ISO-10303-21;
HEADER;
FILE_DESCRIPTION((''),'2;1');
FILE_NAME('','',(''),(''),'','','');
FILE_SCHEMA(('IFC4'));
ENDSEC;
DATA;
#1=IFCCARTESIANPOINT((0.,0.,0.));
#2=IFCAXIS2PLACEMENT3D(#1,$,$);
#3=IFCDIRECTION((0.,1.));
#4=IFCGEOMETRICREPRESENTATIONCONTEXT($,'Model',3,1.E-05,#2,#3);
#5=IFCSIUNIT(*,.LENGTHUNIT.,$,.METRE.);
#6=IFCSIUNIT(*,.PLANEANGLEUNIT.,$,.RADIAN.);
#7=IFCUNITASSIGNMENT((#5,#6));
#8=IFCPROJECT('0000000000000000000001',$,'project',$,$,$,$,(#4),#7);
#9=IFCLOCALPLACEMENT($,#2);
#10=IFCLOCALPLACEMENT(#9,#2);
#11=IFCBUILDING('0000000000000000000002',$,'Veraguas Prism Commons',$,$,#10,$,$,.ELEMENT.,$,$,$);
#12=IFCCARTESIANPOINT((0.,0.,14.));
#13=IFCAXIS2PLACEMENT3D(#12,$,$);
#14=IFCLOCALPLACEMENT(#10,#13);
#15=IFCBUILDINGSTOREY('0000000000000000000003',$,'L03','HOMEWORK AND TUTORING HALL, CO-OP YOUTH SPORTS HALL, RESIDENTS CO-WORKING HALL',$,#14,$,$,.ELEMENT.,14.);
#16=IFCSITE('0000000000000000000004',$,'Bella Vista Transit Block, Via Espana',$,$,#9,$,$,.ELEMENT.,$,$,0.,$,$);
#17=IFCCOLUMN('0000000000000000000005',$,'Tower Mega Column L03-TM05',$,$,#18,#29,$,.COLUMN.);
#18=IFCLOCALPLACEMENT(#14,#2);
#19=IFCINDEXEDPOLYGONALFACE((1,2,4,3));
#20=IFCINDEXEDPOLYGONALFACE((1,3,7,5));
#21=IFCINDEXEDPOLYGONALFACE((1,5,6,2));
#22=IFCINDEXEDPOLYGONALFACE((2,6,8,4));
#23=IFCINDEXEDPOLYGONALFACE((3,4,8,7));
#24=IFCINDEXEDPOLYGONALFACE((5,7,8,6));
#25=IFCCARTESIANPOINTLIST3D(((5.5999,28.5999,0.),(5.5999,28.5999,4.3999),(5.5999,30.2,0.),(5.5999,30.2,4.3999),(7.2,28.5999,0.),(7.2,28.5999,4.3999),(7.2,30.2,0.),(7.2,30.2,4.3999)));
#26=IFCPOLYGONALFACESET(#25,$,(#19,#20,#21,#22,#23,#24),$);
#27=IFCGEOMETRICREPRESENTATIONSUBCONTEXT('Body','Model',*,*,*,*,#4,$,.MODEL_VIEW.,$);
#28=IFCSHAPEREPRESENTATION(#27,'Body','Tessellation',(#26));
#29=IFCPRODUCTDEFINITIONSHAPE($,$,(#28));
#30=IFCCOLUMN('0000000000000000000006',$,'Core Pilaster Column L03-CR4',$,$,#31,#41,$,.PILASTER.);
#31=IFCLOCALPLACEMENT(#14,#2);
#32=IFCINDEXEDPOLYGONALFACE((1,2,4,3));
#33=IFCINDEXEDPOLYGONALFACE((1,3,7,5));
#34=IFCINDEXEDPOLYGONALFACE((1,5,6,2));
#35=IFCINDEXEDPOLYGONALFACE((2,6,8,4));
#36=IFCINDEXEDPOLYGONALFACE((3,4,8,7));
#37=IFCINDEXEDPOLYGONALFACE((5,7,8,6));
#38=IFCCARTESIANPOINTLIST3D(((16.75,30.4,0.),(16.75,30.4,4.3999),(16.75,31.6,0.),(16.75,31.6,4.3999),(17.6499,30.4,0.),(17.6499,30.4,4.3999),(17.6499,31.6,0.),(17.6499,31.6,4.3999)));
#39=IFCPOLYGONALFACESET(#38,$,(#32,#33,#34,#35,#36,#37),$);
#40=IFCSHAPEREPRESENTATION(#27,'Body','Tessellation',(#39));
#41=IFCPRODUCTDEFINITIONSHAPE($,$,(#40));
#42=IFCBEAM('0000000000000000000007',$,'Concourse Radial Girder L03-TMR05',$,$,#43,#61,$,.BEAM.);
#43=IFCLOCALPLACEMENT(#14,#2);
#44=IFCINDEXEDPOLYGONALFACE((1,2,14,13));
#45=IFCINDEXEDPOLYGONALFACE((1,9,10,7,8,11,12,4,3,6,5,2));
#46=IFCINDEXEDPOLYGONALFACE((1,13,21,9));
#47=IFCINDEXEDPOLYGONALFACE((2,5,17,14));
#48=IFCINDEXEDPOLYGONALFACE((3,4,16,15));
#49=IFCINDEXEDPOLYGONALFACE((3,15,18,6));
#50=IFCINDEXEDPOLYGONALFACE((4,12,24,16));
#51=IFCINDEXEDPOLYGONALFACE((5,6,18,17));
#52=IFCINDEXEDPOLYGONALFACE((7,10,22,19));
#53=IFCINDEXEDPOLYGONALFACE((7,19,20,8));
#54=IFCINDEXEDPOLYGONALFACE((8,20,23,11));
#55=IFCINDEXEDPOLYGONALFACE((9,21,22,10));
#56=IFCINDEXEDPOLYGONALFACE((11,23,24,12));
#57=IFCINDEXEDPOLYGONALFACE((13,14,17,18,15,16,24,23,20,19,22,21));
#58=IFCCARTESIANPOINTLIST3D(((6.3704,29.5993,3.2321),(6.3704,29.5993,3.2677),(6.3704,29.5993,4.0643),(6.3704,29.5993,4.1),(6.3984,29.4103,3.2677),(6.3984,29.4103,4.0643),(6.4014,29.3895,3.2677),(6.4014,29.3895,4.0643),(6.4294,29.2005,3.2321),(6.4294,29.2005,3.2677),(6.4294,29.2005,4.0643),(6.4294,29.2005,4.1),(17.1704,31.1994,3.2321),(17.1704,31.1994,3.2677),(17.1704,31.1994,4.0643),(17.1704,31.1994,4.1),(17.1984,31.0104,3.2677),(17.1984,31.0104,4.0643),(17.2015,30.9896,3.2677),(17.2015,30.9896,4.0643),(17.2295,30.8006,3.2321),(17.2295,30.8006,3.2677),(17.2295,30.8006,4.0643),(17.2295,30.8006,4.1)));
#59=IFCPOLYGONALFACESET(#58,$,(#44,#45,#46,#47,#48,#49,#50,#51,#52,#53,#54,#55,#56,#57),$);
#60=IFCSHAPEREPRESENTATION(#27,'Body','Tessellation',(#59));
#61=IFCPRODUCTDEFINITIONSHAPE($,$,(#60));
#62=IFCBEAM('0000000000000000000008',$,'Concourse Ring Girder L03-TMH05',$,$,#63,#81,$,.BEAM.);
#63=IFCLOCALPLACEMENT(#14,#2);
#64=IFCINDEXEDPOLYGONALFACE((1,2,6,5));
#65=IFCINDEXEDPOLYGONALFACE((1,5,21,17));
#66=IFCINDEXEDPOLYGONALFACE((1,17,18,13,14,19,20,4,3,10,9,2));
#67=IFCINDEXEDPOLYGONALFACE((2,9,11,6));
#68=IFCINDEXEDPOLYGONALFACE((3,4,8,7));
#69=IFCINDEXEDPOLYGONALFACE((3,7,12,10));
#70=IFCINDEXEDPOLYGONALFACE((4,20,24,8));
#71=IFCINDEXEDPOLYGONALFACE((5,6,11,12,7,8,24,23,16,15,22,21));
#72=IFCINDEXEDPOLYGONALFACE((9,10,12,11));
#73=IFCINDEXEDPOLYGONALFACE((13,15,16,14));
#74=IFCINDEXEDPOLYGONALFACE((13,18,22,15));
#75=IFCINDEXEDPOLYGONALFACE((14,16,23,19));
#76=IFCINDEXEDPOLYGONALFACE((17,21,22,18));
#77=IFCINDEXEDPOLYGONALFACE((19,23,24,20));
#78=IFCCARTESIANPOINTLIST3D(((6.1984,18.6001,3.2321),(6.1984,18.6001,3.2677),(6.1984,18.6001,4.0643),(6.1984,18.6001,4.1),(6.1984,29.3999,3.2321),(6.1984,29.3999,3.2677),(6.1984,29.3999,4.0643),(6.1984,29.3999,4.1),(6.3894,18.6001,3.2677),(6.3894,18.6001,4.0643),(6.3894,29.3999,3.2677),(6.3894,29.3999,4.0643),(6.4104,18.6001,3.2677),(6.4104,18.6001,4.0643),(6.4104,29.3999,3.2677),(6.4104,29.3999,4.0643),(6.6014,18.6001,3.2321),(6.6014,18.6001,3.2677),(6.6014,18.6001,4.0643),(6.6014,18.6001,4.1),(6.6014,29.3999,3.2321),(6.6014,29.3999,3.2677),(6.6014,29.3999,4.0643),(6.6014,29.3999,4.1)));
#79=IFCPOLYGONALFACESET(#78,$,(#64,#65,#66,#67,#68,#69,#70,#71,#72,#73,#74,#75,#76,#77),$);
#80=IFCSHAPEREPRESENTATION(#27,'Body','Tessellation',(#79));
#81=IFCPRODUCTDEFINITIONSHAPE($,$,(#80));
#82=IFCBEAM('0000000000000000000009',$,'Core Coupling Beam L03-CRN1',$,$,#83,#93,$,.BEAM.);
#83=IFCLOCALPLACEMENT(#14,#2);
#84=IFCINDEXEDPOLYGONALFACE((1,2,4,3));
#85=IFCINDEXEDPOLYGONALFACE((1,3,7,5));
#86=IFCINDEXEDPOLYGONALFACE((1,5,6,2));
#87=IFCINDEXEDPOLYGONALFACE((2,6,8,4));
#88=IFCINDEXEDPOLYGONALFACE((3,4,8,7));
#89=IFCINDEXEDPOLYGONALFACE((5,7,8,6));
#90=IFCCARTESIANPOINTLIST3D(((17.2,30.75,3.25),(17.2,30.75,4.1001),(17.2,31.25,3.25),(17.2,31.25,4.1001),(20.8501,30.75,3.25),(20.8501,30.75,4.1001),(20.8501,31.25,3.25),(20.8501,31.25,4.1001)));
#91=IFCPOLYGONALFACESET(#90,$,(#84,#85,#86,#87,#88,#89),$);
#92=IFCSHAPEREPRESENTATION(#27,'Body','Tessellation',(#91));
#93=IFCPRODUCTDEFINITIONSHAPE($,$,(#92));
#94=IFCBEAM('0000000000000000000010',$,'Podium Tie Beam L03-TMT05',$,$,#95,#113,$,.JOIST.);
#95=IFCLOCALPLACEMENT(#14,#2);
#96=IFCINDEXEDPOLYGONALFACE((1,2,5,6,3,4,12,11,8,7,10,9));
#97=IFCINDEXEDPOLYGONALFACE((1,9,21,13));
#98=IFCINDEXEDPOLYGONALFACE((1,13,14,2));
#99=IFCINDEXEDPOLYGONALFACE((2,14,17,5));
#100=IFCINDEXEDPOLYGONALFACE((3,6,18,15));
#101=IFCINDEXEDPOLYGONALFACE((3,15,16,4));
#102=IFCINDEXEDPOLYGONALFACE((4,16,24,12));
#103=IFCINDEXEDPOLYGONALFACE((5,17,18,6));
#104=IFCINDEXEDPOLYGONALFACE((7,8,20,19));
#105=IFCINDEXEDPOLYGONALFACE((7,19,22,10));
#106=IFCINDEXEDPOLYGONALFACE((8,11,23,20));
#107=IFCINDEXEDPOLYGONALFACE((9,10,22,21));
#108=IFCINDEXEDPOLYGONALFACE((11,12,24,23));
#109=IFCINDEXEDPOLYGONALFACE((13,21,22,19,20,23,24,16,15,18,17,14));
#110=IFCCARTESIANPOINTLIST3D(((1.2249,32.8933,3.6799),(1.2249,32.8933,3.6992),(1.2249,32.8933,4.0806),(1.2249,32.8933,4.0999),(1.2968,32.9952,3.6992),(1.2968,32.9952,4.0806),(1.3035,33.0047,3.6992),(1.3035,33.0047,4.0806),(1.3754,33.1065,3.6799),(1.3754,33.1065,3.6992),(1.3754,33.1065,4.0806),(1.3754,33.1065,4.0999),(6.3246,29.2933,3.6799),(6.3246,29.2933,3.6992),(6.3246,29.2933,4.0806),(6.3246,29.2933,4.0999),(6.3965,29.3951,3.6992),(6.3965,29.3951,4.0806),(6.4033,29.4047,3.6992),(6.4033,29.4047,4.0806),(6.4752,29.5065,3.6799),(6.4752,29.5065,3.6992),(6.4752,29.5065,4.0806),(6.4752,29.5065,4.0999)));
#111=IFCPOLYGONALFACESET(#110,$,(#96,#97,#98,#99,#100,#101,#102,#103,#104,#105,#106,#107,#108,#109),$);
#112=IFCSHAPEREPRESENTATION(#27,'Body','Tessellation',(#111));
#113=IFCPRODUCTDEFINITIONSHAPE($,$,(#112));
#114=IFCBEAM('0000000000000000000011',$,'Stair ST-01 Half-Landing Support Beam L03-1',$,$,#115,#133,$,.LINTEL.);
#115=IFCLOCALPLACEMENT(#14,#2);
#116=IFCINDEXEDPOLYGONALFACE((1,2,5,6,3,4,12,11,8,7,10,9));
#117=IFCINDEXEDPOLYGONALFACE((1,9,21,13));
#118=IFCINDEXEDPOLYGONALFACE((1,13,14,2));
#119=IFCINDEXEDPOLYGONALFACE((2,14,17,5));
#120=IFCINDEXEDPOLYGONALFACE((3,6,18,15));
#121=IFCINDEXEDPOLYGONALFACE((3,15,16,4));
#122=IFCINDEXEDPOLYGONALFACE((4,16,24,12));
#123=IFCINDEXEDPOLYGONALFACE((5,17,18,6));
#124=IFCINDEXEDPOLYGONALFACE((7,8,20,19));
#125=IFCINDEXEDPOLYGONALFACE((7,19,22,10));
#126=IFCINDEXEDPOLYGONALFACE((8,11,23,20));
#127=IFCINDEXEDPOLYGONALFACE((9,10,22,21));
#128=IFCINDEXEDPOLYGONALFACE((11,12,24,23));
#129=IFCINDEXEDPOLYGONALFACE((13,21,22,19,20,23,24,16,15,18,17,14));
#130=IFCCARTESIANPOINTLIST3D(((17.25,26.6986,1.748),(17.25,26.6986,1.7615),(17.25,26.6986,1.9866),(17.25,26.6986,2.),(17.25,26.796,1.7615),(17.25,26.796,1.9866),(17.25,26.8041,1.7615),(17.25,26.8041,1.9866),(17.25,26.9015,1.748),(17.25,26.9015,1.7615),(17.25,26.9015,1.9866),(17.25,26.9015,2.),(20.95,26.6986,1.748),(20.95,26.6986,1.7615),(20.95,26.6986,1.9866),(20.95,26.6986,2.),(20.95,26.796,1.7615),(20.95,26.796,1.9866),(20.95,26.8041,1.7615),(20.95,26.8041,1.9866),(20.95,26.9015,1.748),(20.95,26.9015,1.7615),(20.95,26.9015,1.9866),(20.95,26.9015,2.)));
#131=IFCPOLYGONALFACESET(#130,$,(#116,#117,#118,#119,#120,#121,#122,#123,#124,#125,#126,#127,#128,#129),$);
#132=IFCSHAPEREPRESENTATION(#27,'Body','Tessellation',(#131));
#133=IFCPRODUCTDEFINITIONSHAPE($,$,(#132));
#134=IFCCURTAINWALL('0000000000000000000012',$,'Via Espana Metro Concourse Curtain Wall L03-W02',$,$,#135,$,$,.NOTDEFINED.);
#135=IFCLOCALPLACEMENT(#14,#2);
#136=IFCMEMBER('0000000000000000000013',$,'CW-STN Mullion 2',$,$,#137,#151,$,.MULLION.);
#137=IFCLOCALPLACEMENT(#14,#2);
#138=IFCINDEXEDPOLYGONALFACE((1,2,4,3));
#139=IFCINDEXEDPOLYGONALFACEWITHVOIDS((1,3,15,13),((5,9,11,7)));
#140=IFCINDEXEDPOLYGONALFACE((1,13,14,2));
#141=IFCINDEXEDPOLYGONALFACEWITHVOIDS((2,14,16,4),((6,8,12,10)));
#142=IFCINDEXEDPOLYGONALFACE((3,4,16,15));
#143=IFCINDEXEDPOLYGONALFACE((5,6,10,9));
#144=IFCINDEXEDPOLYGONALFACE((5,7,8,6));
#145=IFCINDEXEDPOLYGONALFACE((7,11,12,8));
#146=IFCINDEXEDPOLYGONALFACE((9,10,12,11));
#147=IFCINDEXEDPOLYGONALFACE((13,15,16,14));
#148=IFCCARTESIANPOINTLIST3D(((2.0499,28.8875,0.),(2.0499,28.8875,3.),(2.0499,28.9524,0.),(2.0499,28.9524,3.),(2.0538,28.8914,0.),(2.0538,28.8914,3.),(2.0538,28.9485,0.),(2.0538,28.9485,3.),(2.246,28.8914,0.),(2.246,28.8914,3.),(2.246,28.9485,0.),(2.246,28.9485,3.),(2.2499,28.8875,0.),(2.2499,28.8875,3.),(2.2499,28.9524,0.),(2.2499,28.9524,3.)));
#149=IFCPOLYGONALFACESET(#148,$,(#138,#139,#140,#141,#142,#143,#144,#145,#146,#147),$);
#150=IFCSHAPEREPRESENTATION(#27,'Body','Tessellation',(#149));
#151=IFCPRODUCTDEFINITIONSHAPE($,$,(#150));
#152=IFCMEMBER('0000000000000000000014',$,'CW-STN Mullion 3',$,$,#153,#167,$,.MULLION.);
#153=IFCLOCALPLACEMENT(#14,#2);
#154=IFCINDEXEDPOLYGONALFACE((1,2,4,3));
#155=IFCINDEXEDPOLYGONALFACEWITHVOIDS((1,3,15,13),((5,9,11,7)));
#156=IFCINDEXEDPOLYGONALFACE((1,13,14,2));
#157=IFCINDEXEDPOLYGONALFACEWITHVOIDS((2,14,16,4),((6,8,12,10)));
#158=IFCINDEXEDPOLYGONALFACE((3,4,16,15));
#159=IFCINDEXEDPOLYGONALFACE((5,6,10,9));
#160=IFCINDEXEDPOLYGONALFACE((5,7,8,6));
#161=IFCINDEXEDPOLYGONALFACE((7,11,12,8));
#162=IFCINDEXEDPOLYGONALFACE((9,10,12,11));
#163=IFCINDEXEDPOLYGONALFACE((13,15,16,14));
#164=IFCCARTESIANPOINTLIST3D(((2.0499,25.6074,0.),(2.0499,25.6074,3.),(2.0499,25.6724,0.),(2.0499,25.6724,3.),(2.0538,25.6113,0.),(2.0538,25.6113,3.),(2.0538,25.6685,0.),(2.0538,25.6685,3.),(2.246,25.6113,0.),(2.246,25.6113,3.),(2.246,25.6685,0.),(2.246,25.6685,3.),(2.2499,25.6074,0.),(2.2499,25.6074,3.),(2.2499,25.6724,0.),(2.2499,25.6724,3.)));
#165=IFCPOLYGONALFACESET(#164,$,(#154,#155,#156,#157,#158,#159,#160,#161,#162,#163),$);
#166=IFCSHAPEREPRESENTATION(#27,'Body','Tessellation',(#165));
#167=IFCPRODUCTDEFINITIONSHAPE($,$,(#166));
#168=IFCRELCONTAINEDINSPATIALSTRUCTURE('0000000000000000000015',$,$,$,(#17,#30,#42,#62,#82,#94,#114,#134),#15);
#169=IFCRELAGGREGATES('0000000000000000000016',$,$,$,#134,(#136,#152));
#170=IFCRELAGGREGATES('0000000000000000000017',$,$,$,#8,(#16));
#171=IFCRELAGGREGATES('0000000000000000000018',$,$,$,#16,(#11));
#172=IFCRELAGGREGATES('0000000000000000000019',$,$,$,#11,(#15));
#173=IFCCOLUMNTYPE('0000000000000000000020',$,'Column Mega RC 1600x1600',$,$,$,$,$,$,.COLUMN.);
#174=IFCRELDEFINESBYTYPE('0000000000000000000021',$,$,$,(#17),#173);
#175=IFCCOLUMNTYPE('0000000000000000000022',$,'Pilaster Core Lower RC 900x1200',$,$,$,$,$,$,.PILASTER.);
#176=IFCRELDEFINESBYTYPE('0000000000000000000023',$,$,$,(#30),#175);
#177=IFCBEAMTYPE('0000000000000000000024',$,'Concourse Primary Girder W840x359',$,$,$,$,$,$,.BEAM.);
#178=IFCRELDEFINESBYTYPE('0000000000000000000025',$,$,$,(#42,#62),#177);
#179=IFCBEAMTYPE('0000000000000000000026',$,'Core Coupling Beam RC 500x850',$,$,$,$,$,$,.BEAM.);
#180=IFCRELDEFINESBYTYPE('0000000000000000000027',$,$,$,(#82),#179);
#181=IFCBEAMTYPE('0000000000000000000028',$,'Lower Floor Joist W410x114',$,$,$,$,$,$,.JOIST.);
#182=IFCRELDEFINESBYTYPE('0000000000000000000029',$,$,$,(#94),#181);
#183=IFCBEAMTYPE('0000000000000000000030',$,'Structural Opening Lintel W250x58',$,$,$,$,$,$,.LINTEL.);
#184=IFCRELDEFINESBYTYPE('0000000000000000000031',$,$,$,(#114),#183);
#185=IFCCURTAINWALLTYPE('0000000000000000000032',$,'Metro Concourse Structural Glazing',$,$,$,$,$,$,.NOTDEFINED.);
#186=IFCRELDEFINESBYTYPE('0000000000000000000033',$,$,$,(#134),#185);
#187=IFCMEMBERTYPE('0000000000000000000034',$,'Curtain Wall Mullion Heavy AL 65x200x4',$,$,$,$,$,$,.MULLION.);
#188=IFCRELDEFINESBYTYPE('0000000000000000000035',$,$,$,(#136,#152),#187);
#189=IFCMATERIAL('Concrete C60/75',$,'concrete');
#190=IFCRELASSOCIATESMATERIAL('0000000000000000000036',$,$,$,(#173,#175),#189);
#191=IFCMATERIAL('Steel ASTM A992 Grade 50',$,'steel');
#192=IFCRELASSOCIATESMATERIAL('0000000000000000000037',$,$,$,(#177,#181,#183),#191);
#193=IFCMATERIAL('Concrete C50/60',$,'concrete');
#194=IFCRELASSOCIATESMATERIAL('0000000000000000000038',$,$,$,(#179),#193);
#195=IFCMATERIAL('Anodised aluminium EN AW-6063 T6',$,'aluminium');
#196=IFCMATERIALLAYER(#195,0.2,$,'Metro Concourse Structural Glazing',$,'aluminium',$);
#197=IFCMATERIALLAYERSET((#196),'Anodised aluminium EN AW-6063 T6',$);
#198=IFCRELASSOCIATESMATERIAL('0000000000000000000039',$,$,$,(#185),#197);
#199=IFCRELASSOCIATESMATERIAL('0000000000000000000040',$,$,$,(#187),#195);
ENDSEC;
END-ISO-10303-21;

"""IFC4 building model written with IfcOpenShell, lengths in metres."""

from ifc_helpers import new_model, si_unit, direction, frame, origin, origin_2d, place, context, subcontext, project, spatial, rectangle, hollow_rectangle, i_section, extrude, source, transform, mapped, material, layer, layer_set, material_profile, profile_set, type_object, element, aggregate, save


model = new_model("IFC4")

# Units and contexts
model_context = context("Model", 3, precision=1e-05, world=origin(), true_north=direction((0.0, 1.0)))
body_context = subcontext(model_context, "Body", "Model", "MODEL_VIEW")
ifc_project = project(units=[si_unit("LENGTHUNIT", "METRE"), si_unit("PLANEANGLEUNIT", "RADIAN")], contexts=[model_context])

# Site, building, storey
site_placement = place(None, origin())
site = spatial("IfcSite", under=ifc_project, at=site_placement, Name="Bella Vista Transit Block, Via Espana", CompositionType="ELEMENT", RefElevation=0.0)
building_placement = place(site_placement, origin())
building = spatial("IfcBuilding", under=site, at=building_placement, Name="Veraguas Prism Commons", CompositionType="ELEMENT")
storey_placement = place(building_placement, frame((0.0, 0.0, 14.0)))
storey = spatial("IfcBuildingStorey", under=building, at=storey_placement, Name="L03", Description="HOMEWORK AND TUTORING HALL, CO-OP YOUTH SPORTS HALL, RESIDENTS CO-WORKING HALL", CompositionType="ELEMENT", Elevation=14.0)

# Columns
ifc_material_1 = material(Name="Concrete C60/75", Category="concrete")
ifc_material_profile_1 = material_profile(ifc_material_1, rectangle(XDim=1.6001, YDim=1.6001, at=origin_2d()), Name="RC1600X1600")
ifc_profile_set_1 = profile_set([ifc_material_profile_1], Name="Concrete C60/75")
column_type_1 = type_object("IfcColumnType", Name="Column Mega RC 1600x1600", PredefinedType="COLUMN", material=ifc_profile_set_1)
column_1_placement = place(storey_placement, frame((6.3999, 29.3999, 0.0), z_axis=(0.0, 0.0, 1.0), x_axis=(1.0, 0.0, 0.0)))
element("IfcColumn", 1, at=column_1_placement, inside=storey, type_object=column_type_1, Name="Tower Mega Column L03-TM05", PredefinedType="COLUMN", context=body_context, shape_type="SweptSolid", body=[
    extrude(rectangle(XDim=1.6001, YDim=1.6001, at=origin_2d()), origin(), (0.0, 0.0, 1.0), 4.3999),
])
ifc_material_profile_2 = material_profile(ifc_material_1, rectangle(XDim=0.8999, YDim=1.2, at=origin_2d()), Name="RC900X1200")
ifc_profile_set_2 = profile_set([ifc_material_profile_2], Name="Concrete C60/75")
column_type_2 = type_object("IfcColumnType", Name="Pilaster Core Lower RC 900x1200", PredefinedType="PILASTER", material=ifc_profile_set_2)
column_2_placement = place(storey_placement, frame((17.2, 31.0, 0.0), z_axis=(0.0, 0.0, 1.0), x_axis=(1.0, 0.0, 0.0)))
element("IfcColumn", 2, at=column_2_placement, inside=storey, type_object=column_type_2, Name="Core Pilaster Column L03-CR4", PredefinedType="PILASTER", context=body_context, shape_type="SweptSolid", body=[
    extrude(rectangle(XDim=0.8999, YDim=1.2, at=origin_2d()), origin(), (0.0, 0.0, 1.0), 4.3999),
])

# Beams
ifc_material_2 = material(Name="Steel ASTM A992 Grade 50", Category="steel")
ifc_material_profile_3 = material_profile(ifc_material_2, i_section(OverallWidth=0.4031, OverallDepth=0.8679, WebThickness=0.021, FlangeThickness=0.0356, at=origin_2d()), Name="W840X359")
ifc_profile_set_3 = profile_set([ifc_material_profile_3], Name="Steel ASTM A992 Grade 50")
beam_type_1 = type_object("IfcBeamType", Name="Concourse Primary Girder W840x359", PredefinedType="BEAM", material=ifc_profile_set_3)
beam_1_placement = place(storey_placement, frame((6.3999, 29.3999, 3.666), z_axis=(0.989202, 0.146557, 0.0), x_axis=(-0.146557, 0.989202, 0.0)))
element("IfcBeam", 3, at=beam_1_placement, inside=storey, type_object=beam_type_1, Name="Concourse Radial Girder L03-TMR05", PredefinedType="BEAM", context=body_context, shape_type="SweptSolid", body=[
    extrude(i_section(OverallWidth=0.4031, OverallDepth=0.8679, WebThickness=0.021, FlangeThickness=0.0356, at=origin_2d()), origin(), (0.0, 0.0, 1.0), 10.918),
])
beam_2_placement = place(storey_placement, frame((6.3999, 29.3999, 3.666), z_axis=(0.0, -1.0, 0.0), x_axis=(1.0, 0.0, 0.0)))
element("IfcBeam", 4, at=beam_2_placement, inside=storey, type_object=beam_type_1, Name="Concourse Ring Girder L03-TMH05", PredefinedType="BEAM", context=body_context, shape_type="SweptSolid", body=[
    extrude(i_section(OverallWidth=0.4031, OverallDepth=0.8679, WebThickness=0.021, FlangeThickness=0.0356, at=origin_2d()), origin(), (0.0, 0.0, 1.0), 10.7998),
])
ifc_material_3 = material(Name="Concrete C50/60", Category="concrete")
ifc_material_profile_4 = material_profile(ifc_material_3, rectangle(XDim=0.5, YDim=0.8501, at=origin_2d()), Name="RC500X850")
ifc_profile_set_4 = profile_set([ifc_material_profile_4], Name="Concrete C50/60")
beam_type_2 = type_object("IfcBeamType", Name="Core Coupling Beam RC 500x850", PredefinedType="BEAM", material=ifc_profile_set_4)
beam_3_placement = place(storey_placement, frame((17.2, 31.0, 3.675), z_axis=(1.0, 0.0, 0.0), x_axis=(0.0, 1.0, 0.0)))
element("IfcBeam", 5, at=beam_3_placement, inside=storey, type_object=beam_type_2, Name="Core Coupling Beam L03-CRN1", PredefinedType="BEAM", context=body_context, shape_type="SweptSolid", body=[
    extrude(rectangle(XDim=0.5, YDim=0.8501, at=origin_2d()), origin(), (0.0, 0.0, 1.0), 3.6501),
])
ifc_material_profile_5 = material_profile(ifc_material_2, i_section(OverallWidth=0.261, OverallDepth=0.4199, WebThickness=0.0117, FlangeThickness=0.0193, at=origin_2d()), Name="W410X114")
ifc_profile_set_5 = profile_set([ifc_material_profile_5], Name="Steel ASTM A992 Grade 50")
beam_type_3 = type_object("IfcBeamType", Name="Lower Floor Joist W410x114", PredefinedType="JOIST", material=ifc_profile_set_5)
beam_4_placement = place(storey_placement, frame((6.3999, 29.3999, 3.8899), z_axis=(-0.816953, 0.576705, 0.0), x_axis=(-0.576705, -0.816953, 0.0)))
element("IfcBeam", 6, at=beam_4_placement, inside=storey, type_object=beam_type_3, Name="Podium Tie Beam L03-TMT05", PredefinedType="JOIST", context=body_context, shape_type="SweptSolid", body=[
    extrude(i_section(OverallWidth=0.261, OverallDepth=0.4199, WebThickness=0.0117, FlangeThickness=0.0193, at=origin_2d()), origin(), (0.0, 0.0, 1.0), 6.2424),
])
ifc_material_profile_6 = material_profile(ifc_material_2, i_section(OverallWidth=0.2029, OverallDepth=0.252, WebThickness=0.0081, FlangeThickness=0.0134, at=origin_2d()), Name="W250X58")
ifc_profile_set_6 = profile_set([ifc_material_profile_6], Name="Steel ASTM A992 Grade 50")
beam_type_4 = type_object("IfcBeamType", Name="Structural Opening Lintel W250x58", PredefinedType="LINTEL", material=ifc_profile_set_6)
beam_5_placement = place(storey_placement, frame((17.25, 26.8, 1.874), z_axis=(1.0, 0.0, 0.0), x_axis=(0.0, 1.0, 0.0)))
element("IfcBeam", 7, at=beam_5_placement, inside=storey, type_object=beam_type_4, Name="Stair ST-01 Half-Landing Support Beam L03-1", PredefinedType="LINTEL", context=body_context, shape_type="SweptSolid", body=[
    extrude(i_section(OverallWidth=0.2029, OverallDepth=0.252, WebThickness=0.0081, FlangeThickness=0.0134, at=origin_2d()), origin(), (0.0, 0.0, 1.0), 3.7),
])

# Curtain wall, members
ifc_material_4 = material(Name="Anodised aluminium EN AW-6063 T6", Category="aluminium")
ifc_layer_1 = layer(ifc_material_4, 0.2, Name="Metro Concourse Structural Glazing", Category="aluminium")
ifc_layer_set_1 = layer_set([ifc_layer_1], Name="Anodised aluminium EN AW-6063 T6")
curtain_wall_type = type_object("IfcCurtainWallType", Name="Metro Concourse Structural Glazing", PredefinedType="NOTDEFINED", material=ifc_layer_set_1)
curtain_wall_placement = place(storey_placement, origin())
curtain_wall = element("IfcCurtainWall", 8, at=curtain_wall_placement, inside=storey, type_object=curtain_wall_type, Name="Via Espana Metro Concourse Curtain Wall L03-W02", PredefinedType="NOTDEFINED")
ifc_material_profile_7 = material_profile(ifc_material_4, hollow_rectangle(XDim=0.0649, YDim=0.2, WallThickness=0.0039, at=origin_2d()), Name="AL65X200X4")
ifc_profile_set_7 = profile_set([ifc_material_profile_7], Name="Anodised aluminium EN AW-6063 T6")
member_type = type_object("IfcMemberType", Name="Curtain Wall Mullion Heavy AL 65x200x4", PredefinedType="MULLION", material=ifc_profile_set_7)
shared_shape_1 = source(origin(), body_context, "Body", "SweptSolid", [
    extrude(hollow_rectangle(XDim=0.0649, YDim=0.2, WallThickness=0.0039, at=origin_2d()), origin(), (0.0, 0.0, 1.0), 3.0),
])
member_1_placement = place(storey_placement, frame((2.1499, 28.9199, 0.0), z_axis=(0.0, 0.0, 1.0), x_axis=(0.0, -1.0, 0.0)))
member_1 = element("IfcMember", 9, at=member_1_placement, type_object=member_type, Name="CW-STN Mullion 2", PredefinedType="MULLION", context=body_context, shape_type="MappedRepresentation", body=[
    mapped(shared_shape_1, transform((0.0, 0.0, 0.0), scale=1.0)),
])
member_2_placement = place(storey_placement, frame((2.1499, 25.6399, 0.0), z_axis=(0.0, 0.0, 1.0), x_axis=(0.0, -1.0, 0.0)))
member_2 = element("IfcMember", 10, at=member_2_placement, type_object=member_type, Name="CW-STN Mullion 3", PredefinedType="MULLION", context=body_context, shape_type="MappedRepresentation", body=[
    mapped(shared_shape_1, transform((0.0, 0.0, 0.0), scale=1.0)),
])
aggregate(curtain_wall, [member_1, member_2])

save(model, "model.ifc")
